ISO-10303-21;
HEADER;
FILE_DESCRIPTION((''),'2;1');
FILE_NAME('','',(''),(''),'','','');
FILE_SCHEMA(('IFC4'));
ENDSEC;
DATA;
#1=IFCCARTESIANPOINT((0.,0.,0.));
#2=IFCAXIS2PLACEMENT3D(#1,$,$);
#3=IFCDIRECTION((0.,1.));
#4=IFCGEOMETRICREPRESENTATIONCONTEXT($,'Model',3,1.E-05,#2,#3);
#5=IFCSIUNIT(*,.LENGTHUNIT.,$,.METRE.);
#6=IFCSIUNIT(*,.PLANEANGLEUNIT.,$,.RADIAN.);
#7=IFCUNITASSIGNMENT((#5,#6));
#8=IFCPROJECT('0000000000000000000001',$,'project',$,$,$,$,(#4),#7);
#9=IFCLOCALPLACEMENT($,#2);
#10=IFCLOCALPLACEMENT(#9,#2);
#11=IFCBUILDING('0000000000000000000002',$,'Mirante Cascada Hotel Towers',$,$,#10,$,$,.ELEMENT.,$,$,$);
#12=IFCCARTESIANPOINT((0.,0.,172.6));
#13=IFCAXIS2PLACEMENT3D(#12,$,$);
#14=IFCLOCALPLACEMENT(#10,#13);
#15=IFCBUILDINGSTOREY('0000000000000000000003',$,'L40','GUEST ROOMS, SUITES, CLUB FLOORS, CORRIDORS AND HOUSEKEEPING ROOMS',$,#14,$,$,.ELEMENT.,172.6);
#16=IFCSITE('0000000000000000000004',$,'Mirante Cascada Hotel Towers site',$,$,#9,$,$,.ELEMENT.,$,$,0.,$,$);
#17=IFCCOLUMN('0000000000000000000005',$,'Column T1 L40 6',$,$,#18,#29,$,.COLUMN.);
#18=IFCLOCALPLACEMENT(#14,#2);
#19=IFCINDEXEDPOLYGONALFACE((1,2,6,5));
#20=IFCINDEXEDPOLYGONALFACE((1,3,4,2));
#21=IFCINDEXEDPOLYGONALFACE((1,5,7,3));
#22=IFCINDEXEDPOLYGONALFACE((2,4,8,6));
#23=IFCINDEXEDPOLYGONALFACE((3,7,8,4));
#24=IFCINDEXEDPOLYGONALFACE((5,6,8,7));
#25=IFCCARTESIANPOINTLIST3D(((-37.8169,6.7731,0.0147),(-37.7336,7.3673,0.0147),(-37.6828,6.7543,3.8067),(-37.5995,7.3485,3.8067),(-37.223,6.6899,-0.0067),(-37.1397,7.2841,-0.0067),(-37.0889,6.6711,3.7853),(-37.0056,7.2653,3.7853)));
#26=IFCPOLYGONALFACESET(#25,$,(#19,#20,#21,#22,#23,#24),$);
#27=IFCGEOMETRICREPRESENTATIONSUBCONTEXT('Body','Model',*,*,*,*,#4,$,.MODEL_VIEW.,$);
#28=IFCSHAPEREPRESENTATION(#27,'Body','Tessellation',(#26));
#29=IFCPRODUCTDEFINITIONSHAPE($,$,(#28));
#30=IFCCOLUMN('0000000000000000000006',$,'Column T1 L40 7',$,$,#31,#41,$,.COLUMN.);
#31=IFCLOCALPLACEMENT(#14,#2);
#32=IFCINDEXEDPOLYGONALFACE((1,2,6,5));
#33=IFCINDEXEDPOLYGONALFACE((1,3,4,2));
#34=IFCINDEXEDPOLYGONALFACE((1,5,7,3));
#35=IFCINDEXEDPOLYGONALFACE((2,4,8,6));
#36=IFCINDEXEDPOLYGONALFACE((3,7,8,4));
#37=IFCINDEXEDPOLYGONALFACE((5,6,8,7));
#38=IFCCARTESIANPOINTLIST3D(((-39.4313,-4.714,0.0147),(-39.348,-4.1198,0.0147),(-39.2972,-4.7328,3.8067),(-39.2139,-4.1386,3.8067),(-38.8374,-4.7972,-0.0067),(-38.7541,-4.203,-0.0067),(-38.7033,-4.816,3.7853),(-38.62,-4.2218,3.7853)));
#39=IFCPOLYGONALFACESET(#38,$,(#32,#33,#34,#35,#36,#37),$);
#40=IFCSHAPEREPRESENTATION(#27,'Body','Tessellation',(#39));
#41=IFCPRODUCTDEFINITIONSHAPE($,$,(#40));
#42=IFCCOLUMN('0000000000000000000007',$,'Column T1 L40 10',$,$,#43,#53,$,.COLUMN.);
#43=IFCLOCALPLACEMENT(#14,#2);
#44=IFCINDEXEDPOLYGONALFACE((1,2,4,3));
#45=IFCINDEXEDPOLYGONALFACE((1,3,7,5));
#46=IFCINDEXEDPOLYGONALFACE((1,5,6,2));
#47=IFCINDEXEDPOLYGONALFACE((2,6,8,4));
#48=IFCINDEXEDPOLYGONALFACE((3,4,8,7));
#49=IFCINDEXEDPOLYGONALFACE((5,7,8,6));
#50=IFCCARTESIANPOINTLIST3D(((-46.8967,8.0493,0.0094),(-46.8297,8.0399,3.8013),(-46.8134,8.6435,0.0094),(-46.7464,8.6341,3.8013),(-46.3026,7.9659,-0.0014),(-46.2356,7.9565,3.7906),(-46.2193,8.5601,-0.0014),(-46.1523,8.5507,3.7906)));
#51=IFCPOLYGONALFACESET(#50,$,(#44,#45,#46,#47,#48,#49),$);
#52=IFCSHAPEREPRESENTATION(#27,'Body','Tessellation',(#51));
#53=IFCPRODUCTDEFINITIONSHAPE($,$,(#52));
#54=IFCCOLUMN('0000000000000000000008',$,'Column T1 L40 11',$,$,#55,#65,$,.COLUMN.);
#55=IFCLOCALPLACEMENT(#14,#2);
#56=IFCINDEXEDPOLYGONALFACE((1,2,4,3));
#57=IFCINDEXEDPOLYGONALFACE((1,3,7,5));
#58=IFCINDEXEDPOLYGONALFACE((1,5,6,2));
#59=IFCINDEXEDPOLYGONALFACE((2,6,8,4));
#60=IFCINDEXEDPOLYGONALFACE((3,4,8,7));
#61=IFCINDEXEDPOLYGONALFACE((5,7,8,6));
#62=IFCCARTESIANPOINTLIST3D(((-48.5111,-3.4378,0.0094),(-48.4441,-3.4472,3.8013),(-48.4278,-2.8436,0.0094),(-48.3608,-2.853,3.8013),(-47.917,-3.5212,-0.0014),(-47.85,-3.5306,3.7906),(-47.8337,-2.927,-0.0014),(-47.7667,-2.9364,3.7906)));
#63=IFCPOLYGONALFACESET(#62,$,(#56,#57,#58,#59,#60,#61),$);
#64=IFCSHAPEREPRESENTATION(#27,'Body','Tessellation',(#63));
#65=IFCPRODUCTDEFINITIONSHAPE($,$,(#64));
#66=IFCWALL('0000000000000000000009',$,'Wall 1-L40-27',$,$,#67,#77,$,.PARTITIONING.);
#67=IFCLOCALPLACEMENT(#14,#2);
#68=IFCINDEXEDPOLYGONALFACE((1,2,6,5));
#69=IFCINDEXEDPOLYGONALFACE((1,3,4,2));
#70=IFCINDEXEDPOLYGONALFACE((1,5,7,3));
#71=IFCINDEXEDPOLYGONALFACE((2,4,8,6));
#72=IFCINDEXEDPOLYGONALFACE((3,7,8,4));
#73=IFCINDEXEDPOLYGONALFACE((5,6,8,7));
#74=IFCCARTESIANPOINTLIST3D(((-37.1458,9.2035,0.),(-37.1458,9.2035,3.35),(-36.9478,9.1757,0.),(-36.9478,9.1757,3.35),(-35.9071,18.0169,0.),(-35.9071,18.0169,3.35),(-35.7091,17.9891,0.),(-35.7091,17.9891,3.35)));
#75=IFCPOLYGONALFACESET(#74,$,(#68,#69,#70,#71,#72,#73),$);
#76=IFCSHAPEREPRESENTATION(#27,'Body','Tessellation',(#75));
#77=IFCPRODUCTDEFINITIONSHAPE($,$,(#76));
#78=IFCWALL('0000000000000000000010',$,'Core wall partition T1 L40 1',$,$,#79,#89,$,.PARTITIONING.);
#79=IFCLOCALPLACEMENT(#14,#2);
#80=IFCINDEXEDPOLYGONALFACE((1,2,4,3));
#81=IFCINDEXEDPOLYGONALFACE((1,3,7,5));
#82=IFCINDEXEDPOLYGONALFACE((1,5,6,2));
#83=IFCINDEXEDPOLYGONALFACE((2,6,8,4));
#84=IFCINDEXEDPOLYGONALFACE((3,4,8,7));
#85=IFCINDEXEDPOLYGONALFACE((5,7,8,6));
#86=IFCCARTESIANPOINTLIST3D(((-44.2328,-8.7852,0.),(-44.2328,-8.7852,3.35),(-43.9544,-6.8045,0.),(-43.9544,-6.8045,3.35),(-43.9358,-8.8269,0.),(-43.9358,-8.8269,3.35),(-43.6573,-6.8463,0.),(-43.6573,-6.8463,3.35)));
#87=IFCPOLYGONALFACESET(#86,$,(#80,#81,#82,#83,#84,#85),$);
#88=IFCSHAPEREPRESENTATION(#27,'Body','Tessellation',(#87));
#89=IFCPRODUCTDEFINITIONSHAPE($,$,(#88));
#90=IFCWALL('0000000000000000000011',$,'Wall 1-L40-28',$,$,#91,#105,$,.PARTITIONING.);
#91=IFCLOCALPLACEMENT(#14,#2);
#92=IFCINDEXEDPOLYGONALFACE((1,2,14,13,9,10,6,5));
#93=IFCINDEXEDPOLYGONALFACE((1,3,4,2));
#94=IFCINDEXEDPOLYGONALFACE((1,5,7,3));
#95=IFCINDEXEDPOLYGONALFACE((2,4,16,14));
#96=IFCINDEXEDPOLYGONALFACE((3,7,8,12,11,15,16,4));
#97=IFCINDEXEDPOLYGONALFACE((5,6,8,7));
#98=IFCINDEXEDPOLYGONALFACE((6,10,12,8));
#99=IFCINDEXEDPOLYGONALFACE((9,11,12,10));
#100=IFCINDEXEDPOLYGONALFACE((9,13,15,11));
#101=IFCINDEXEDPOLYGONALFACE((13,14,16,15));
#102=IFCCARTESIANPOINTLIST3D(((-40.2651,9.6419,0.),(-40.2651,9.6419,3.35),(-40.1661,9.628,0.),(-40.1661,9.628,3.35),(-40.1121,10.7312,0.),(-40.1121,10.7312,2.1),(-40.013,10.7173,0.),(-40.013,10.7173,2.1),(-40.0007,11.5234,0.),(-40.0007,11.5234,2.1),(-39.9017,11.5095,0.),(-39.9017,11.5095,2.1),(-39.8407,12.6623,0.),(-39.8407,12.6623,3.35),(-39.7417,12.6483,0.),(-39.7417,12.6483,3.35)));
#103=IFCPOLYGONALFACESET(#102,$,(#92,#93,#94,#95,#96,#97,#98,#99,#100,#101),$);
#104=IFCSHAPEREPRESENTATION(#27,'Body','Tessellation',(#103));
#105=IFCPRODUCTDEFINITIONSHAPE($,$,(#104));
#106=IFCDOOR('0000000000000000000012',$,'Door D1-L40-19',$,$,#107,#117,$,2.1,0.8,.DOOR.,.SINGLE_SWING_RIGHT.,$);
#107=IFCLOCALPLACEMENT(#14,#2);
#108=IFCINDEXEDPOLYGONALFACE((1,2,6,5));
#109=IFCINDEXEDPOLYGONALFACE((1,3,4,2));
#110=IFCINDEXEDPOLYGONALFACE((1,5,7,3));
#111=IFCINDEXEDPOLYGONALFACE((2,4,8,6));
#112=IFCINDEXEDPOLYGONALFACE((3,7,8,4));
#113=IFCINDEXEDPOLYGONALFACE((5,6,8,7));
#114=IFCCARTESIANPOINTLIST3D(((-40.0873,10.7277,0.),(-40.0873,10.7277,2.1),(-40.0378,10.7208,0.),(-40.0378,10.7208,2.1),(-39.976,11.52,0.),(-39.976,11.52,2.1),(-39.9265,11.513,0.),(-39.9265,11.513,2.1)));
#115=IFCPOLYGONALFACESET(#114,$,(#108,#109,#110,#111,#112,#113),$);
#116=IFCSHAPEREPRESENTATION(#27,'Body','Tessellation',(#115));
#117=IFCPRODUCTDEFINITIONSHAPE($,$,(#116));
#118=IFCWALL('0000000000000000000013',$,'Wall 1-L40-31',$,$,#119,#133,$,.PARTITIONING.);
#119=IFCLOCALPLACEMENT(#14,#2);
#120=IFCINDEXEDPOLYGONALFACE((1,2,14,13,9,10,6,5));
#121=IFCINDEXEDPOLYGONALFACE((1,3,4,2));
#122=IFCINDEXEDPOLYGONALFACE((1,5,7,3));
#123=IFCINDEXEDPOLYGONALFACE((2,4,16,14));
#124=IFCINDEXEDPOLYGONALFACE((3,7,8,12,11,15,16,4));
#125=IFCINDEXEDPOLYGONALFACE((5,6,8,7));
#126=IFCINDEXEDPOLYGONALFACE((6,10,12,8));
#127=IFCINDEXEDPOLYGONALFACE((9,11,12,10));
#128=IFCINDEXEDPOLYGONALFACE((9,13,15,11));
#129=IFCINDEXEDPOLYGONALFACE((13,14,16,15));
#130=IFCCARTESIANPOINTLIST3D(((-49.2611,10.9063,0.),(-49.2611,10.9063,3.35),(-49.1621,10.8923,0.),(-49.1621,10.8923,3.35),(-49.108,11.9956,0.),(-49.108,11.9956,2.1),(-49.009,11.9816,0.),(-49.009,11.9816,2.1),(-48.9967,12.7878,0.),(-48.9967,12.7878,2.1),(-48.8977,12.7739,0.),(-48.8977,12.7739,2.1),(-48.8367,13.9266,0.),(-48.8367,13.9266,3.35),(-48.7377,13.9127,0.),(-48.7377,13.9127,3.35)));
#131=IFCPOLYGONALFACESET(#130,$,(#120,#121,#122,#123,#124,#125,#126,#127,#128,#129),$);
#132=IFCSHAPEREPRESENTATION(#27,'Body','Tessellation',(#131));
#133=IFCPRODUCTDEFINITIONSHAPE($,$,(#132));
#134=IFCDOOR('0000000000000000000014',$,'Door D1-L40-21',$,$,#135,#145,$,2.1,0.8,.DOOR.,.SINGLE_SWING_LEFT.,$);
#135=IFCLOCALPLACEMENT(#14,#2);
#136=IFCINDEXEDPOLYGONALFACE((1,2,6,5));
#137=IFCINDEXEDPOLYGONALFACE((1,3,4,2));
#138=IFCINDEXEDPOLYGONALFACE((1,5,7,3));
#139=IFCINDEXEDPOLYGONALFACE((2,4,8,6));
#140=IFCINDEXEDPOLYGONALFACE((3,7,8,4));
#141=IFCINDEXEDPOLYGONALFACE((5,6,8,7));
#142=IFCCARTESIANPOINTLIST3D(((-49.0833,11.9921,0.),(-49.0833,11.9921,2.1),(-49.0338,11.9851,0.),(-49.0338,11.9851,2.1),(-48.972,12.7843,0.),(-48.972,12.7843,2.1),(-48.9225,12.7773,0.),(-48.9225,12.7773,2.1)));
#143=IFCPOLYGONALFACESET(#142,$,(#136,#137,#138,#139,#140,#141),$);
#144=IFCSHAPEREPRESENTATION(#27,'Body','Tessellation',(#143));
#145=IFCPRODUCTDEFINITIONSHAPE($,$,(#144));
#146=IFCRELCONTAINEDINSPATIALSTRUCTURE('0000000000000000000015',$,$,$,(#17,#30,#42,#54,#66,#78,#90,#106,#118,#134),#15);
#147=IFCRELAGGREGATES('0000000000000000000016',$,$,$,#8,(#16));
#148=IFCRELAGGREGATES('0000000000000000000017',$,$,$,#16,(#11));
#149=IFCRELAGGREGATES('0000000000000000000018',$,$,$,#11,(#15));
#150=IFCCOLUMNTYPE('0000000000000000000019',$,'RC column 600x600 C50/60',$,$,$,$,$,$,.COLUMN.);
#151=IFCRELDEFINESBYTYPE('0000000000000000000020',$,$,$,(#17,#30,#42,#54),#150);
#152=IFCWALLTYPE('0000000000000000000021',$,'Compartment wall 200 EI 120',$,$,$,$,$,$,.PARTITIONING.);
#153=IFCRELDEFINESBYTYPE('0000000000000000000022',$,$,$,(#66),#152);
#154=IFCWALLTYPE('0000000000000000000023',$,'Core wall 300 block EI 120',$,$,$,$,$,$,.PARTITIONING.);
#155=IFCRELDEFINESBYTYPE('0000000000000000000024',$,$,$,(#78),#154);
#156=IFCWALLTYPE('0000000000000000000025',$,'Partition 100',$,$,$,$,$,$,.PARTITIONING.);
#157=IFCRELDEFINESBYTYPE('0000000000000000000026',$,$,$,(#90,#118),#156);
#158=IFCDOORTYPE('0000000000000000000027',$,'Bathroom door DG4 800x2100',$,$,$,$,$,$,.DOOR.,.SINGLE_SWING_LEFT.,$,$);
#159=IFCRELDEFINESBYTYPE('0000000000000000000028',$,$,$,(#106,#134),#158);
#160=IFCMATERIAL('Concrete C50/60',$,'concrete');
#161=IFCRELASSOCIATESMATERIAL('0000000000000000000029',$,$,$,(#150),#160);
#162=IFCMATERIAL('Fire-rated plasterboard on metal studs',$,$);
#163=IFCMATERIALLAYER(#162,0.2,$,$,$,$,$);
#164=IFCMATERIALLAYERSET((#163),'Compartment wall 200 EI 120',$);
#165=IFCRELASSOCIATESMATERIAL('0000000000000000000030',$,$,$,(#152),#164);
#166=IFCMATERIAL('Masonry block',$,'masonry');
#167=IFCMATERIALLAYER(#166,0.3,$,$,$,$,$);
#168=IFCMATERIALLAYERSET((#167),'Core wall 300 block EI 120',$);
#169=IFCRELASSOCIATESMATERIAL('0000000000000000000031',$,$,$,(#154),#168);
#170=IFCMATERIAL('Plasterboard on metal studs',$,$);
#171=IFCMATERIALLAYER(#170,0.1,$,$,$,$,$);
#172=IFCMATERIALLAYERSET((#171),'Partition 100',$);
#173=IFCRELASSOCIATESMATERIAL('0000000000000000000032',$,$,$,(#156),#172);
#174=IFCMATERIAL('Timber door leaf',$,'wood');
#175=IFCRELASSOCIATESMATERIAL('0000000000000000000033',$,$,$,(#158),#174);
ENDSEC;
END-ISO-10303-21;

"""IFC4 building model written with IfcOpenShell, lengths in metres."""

from ifc_helpers import new_model, si_unit, direction, frame, frame_2d, origin, origin_2d, place, context, subcontext, project, spatial, rectangle, extrude, material, layer, layer_set, material_profile, profile_set, type_object, element, fill, save


model = new_model("IFC4")

# Units and contexts
model_context = context("Model", 3, precision=1e-05, world=origin(), true_north=direction((0.0, 1.0)))
body_context = subcontext(model_context, "Body", "Model", "MODEL_VIEW")
ifc_project = project(units=[si_unit("LENGTHUNIT", "METRE"), si_unit("PLANEANGLEUNIT", "RADIAN")], contexts=[model_context])

# Site, building, storey
site_placement = place(None, origin())
site = spatial("IfcSite", under=ifc_project, at=site_placement, Name="Mirante Cascada Hotel Towers site", CompositionType="ELEMENT", RefElevation=0.0)
building_placement = place(site_placement, origin())
building = spatial("IfcBuilding", under=site, at=building_placement, Name="Mirante Cascada Hotel Towers", CompositionType="ELEMENT")
storey_placement = place(building_placement, frame((0.0, 0.0, 172.6)))
storey = spatial("IfcBuildingStorey", under=building, at=storey_placement, Name="L40", Description="GUEST ROOMS, SUITES, CLUB FLOORS, CORRIDORS AND HOUSEKEEPING ROOMS", CompositionType="ELEMENT", Elevation=172.6)

# Columns
ifc_material_1 = material(Name="Concrete C50/60", Category="concrete")
ifc_material_profile = material_profile(ifc_material_1, rectangle(XDim=0.6, YDim=0.6, at=origin_2d()), Name="RC column 600x600 C50/60")
ifc_profile_set = profile_set([ifc_material_profile], Name="Concrete C50/60")
column_type = type_object("IfcColumnType", Name="RC column 600x600 C50/60", PredefinedType="COLUMN", material=ifc_profile_set)
for number, where, z_axis, x_axis, name in (
    (1, (-37.4783, 7.0286, 0.004), (0.035341, -0.004955, 0.999363), (0.138836, 0.990315, 0.0), "Column T1 L40 6"),
    (2, (-39.0927, -4.4585, 0.004), (0.035341, -0.004955, 0.999363), (0.138836, 0.990315, 0.0), "Column T1 L40 7"),
):
    element("IfcColumn", number, at=place(storey_placement, frame(where, z_axis=z_axis, x_axis=x_axis)), inside=storey, type_object=column_type, Name=name, PredefinedType="COLUMN", context=body_context, shape_type="SweptSolid", body=[
        extrude(rectangle(XDim=0.6, YDim=0.6, at=origin_2d()), origin(), (0.0, 0.0, 1.0), 3.7944),
    ])
for number, where, z_axis, x_axis, name in (
    (3, (-46.558, 8.3047, 0.004), (0.017666, -0.002478, 0.999841), (0.138938, 0.990301, 0.0), "Column T1 L40 10"),
    (4, (-48.1724, -3.1824, 0.004), (0.017666, -0.002478, 0.999841), (0.138938, 0.990301, 0.0), "Column T1 L40 11"),
):
    element("IfcColumn", number, at=place(storey_placement, frame(where, z_axis=z_axis, x_axis=x_axis)), inside=storey, type_object=column_type, Name=name, PredefinedType="COLUMN", context=body_context, shape_type="SweptSolid", body=[
        extrude(rectangle(XDim=0.6, YDim=0.6, at=origin_2d()), origin(), (0.0, 0.0, 1.0), 3.7926),
    ])

# Walls
ifc_material_2 = material(Name="Fire-rated plasterboard on metal studs")
ifc_layer_1 = layer(ifc_material_2, 0.2)
ifc_layer_set_1 = layer_set([ifc_layer_1], Name="Compartment wall 200 EI 120")
wall_type_1 = type_object("IfcWallType", Name="Compartment wall 200 EI 120", PredefinedType="PARTITIONING", material=ifc_layer_set_1)
wall_1_placement = place(storey_placement, frame((-37.0468, 9.1896, 0.0), z_axis=(0.0, 0.0, 1.0), x_axis=(0.139179, 0.990267, 0.0)))
element("IfcWall", 5, at=wall_1_placement, inside=storey, type_object=wall_type_1, Name="Wall 1-L40-27", PredefinedType="PARTITIONING", context=body_context, shape_type="SweptSolid", body=[
    extrude(rectangle(XDim=8.9, YDim=0.2, at=frame_2d((4.45, 0.0))), origin(), (0.0, 0.0, 1.0), 3.35),
])
ifc_material_3 = material(Name="Masonry block", Category="masonry")
ifc_layer_2 = layer(ifc_material_3, 0.3)
ifc_layer_set_2 = layer_set([ifc_layer_2], Name="Core wall 300 block EI 120")
wall_type_2 = type_object("IfcWallType", Name="Core wall 300 block EI 120", PredefinedType="PARTITIONING", material=ifc_layer_set_2)
wall_2_placement = place(storey_placement, frame((-44.0843, -8.8061, 0.0), z_axis=(0.0, 0.0, 1.0), x_axis=(0.139195, 0.990265, 0.0)))
element("IfcWall", 6, at=wall_2_placement, inside=storey, type_object=wall_type_2, Name="Core wall partition T1 L40 1", PredefinedType="PARTITIONING", context=body_context, shape_type="SweptSolid", body=[
    extrude(rectangle(XDim=2.0001, YDim=0.3, at=frame_2d((1.0001, 0.0))), origin(), (0.0, 0.0, 1.0), 3.35),
])

# Walls, openings, doors
ifc_material_4 = material(Name="Plasterboard on metal studs")
ifc_layer_3 = layer(ifc_material_4, 0.1)
ifc_layer_set_3 = layer_set([ifc_layer_3], Name="Partition 100")
wall_type_3 = type_object("IfcWallType", Name="Partition 100", PredefinedType="PARTITIONING", material=ifc_layer_set_3)
wall_3_placement = place(storey_placement, frame((-39.7912, 12.6553, 0.0), z_axis=(0.0, 0.0, 1.0), x_axis=(-0.139149, -0.990271, 0.0)))
wall_3 = element("IfcWall", 7, at=wall_3_placement, inside=storey, type_object=wall_type_3, Name="Wall 1-L40-28", PredefinedType="PARTITIONING", context=body_context, shape_type="SweptSolid", body=[
    extrude(rectangle(XDim=3.05, YDim=0.1, at=frame_2d((1.525, 0.0))), origin(), (0.0, 0.0, 1.0), 3.35),
])
opening_1_placement = place(wall_3_placement, frame((1.15, 0.0, 0.0)))
opening_1 = element("IfcOpeningElement", 8, at=opening_1_placement, cuts=wall_3, PredefinedType="OPENING", context=body_context, shape_type="SweptSolid", body=[
    extrude(rectangle(XDim=0.8, YDim=2.1, at=frame_2d((0.4, 1.05))), frame((0.0, 0.05, 0.0), z_axis=(0.0, -1.0, 0.0), x_axis=(1.0, 0.0, 0.0)), (0.0, 0.0, 1.0), 0.1),
])
ifc_material_5 = material(Name="Timber door leaf", Category="wood")
door_type_1 = type_object("IfcDoorType", Name="Bathroom door DG4 800x2100", OperationType="SINGLE_SWING_LEFT", PredefinedType="DOOR", material=ifc_material_5)
door_1_placement = place(opening_1_placement, frame((0.8, 0.0, 0.0), z_axis=(0.0, 0.0, 1.0), x_axis=(-1.0, 0.0, 0.0)))
door_1 = element("IfcDoor", 9, at=door_1_placement, inside=storey, type_object=door_type_1, Name="Door D1-L40-19", OperationType="SINGLE_SWING_RIGHT", OverallHeight=2.1, OverallWidth=0.8, PredefinedType="DOOR", context=body_context, shape_type="SweptSolid", body=[
    extrude(rectangle(XDim=0.8, YDim=2.1, at=frame_2d((0.4, 1.05))), frame((0.0, 0.025, 0.0), z_axis=(0.0, -1.0, 0.0), x_axis=(1.0, 0.0, 0.0)), (0.0, 0.0, 1.0), 0.05),
])
fill(opening_1, door_1)
wall_4_placement = place(storey_placement, frame((-49.2116, 10.8993, 0.0), z_axis=(0.0, 0.0, 1.0), x_axis=(0.139149, 0.990271, 0.0)))
wall_4 = element("IfcWall", 10, at=wall_4_placement, inside=storey, type_object=wall_type_3, Name="Wall 1-L40-31", PredefinedType="PARTITIONING", context=body_context, shape_type="SweptSolid", body=[
    extrude(rectangle(XDim=3.05, YDim=0.1, at=frame_2d((1.525, 0.0))), origin(), (0.0, 0.0, 1.0), 3.35),
])
opening_2_placement = place(wall_4_placement, frame((1.1, 0.0, 0.0)))
opening_2 = element("IfcOpeningElement", 11, at=opening_2_placement, cuts=wall_4, PredefinedType="OPENING", context=body_context, shape_type="SweptSolid", body=[
    extrude(rectangle(XDim=0.8, YDim=2.1, at=frame_2d((0.4, 1.05))), frame((0.0, 0.05, 0.0), z_axis=(0.0, -1.0, 0.0), x_axis=(1.0, 0.0, 0.0)), (0.0, 0.0, 1.0), 0.1),
])
door_2_placement = place(opening_2_placement, origin())
door_2 = element("IfcDoor", 12, at=door_2_placement, inside=storey, type_object=door_type_1, Name="Door D1-L40-21", OperationType="SINGLE_SWING_LEFT", OverallHeight=2.1, OverallWidth=0.8, PredefinedType="DOOR", context=body_context, shape_type="SweptSolid", body=[
    extrude(rectangle(XDim=0.8, YDim=2.1, at=frame_2d((0.4, 1.05))), frame((0.0, 0.025, 0.0), z_axis=(0.0, -1.0, 0.0), x_axis=(1.0, 0.0, 0.0)), (0.0, 0.0, 1.0), 0.05),
])
fill(opening_2, door_2)

save(model, "model.ifc")
